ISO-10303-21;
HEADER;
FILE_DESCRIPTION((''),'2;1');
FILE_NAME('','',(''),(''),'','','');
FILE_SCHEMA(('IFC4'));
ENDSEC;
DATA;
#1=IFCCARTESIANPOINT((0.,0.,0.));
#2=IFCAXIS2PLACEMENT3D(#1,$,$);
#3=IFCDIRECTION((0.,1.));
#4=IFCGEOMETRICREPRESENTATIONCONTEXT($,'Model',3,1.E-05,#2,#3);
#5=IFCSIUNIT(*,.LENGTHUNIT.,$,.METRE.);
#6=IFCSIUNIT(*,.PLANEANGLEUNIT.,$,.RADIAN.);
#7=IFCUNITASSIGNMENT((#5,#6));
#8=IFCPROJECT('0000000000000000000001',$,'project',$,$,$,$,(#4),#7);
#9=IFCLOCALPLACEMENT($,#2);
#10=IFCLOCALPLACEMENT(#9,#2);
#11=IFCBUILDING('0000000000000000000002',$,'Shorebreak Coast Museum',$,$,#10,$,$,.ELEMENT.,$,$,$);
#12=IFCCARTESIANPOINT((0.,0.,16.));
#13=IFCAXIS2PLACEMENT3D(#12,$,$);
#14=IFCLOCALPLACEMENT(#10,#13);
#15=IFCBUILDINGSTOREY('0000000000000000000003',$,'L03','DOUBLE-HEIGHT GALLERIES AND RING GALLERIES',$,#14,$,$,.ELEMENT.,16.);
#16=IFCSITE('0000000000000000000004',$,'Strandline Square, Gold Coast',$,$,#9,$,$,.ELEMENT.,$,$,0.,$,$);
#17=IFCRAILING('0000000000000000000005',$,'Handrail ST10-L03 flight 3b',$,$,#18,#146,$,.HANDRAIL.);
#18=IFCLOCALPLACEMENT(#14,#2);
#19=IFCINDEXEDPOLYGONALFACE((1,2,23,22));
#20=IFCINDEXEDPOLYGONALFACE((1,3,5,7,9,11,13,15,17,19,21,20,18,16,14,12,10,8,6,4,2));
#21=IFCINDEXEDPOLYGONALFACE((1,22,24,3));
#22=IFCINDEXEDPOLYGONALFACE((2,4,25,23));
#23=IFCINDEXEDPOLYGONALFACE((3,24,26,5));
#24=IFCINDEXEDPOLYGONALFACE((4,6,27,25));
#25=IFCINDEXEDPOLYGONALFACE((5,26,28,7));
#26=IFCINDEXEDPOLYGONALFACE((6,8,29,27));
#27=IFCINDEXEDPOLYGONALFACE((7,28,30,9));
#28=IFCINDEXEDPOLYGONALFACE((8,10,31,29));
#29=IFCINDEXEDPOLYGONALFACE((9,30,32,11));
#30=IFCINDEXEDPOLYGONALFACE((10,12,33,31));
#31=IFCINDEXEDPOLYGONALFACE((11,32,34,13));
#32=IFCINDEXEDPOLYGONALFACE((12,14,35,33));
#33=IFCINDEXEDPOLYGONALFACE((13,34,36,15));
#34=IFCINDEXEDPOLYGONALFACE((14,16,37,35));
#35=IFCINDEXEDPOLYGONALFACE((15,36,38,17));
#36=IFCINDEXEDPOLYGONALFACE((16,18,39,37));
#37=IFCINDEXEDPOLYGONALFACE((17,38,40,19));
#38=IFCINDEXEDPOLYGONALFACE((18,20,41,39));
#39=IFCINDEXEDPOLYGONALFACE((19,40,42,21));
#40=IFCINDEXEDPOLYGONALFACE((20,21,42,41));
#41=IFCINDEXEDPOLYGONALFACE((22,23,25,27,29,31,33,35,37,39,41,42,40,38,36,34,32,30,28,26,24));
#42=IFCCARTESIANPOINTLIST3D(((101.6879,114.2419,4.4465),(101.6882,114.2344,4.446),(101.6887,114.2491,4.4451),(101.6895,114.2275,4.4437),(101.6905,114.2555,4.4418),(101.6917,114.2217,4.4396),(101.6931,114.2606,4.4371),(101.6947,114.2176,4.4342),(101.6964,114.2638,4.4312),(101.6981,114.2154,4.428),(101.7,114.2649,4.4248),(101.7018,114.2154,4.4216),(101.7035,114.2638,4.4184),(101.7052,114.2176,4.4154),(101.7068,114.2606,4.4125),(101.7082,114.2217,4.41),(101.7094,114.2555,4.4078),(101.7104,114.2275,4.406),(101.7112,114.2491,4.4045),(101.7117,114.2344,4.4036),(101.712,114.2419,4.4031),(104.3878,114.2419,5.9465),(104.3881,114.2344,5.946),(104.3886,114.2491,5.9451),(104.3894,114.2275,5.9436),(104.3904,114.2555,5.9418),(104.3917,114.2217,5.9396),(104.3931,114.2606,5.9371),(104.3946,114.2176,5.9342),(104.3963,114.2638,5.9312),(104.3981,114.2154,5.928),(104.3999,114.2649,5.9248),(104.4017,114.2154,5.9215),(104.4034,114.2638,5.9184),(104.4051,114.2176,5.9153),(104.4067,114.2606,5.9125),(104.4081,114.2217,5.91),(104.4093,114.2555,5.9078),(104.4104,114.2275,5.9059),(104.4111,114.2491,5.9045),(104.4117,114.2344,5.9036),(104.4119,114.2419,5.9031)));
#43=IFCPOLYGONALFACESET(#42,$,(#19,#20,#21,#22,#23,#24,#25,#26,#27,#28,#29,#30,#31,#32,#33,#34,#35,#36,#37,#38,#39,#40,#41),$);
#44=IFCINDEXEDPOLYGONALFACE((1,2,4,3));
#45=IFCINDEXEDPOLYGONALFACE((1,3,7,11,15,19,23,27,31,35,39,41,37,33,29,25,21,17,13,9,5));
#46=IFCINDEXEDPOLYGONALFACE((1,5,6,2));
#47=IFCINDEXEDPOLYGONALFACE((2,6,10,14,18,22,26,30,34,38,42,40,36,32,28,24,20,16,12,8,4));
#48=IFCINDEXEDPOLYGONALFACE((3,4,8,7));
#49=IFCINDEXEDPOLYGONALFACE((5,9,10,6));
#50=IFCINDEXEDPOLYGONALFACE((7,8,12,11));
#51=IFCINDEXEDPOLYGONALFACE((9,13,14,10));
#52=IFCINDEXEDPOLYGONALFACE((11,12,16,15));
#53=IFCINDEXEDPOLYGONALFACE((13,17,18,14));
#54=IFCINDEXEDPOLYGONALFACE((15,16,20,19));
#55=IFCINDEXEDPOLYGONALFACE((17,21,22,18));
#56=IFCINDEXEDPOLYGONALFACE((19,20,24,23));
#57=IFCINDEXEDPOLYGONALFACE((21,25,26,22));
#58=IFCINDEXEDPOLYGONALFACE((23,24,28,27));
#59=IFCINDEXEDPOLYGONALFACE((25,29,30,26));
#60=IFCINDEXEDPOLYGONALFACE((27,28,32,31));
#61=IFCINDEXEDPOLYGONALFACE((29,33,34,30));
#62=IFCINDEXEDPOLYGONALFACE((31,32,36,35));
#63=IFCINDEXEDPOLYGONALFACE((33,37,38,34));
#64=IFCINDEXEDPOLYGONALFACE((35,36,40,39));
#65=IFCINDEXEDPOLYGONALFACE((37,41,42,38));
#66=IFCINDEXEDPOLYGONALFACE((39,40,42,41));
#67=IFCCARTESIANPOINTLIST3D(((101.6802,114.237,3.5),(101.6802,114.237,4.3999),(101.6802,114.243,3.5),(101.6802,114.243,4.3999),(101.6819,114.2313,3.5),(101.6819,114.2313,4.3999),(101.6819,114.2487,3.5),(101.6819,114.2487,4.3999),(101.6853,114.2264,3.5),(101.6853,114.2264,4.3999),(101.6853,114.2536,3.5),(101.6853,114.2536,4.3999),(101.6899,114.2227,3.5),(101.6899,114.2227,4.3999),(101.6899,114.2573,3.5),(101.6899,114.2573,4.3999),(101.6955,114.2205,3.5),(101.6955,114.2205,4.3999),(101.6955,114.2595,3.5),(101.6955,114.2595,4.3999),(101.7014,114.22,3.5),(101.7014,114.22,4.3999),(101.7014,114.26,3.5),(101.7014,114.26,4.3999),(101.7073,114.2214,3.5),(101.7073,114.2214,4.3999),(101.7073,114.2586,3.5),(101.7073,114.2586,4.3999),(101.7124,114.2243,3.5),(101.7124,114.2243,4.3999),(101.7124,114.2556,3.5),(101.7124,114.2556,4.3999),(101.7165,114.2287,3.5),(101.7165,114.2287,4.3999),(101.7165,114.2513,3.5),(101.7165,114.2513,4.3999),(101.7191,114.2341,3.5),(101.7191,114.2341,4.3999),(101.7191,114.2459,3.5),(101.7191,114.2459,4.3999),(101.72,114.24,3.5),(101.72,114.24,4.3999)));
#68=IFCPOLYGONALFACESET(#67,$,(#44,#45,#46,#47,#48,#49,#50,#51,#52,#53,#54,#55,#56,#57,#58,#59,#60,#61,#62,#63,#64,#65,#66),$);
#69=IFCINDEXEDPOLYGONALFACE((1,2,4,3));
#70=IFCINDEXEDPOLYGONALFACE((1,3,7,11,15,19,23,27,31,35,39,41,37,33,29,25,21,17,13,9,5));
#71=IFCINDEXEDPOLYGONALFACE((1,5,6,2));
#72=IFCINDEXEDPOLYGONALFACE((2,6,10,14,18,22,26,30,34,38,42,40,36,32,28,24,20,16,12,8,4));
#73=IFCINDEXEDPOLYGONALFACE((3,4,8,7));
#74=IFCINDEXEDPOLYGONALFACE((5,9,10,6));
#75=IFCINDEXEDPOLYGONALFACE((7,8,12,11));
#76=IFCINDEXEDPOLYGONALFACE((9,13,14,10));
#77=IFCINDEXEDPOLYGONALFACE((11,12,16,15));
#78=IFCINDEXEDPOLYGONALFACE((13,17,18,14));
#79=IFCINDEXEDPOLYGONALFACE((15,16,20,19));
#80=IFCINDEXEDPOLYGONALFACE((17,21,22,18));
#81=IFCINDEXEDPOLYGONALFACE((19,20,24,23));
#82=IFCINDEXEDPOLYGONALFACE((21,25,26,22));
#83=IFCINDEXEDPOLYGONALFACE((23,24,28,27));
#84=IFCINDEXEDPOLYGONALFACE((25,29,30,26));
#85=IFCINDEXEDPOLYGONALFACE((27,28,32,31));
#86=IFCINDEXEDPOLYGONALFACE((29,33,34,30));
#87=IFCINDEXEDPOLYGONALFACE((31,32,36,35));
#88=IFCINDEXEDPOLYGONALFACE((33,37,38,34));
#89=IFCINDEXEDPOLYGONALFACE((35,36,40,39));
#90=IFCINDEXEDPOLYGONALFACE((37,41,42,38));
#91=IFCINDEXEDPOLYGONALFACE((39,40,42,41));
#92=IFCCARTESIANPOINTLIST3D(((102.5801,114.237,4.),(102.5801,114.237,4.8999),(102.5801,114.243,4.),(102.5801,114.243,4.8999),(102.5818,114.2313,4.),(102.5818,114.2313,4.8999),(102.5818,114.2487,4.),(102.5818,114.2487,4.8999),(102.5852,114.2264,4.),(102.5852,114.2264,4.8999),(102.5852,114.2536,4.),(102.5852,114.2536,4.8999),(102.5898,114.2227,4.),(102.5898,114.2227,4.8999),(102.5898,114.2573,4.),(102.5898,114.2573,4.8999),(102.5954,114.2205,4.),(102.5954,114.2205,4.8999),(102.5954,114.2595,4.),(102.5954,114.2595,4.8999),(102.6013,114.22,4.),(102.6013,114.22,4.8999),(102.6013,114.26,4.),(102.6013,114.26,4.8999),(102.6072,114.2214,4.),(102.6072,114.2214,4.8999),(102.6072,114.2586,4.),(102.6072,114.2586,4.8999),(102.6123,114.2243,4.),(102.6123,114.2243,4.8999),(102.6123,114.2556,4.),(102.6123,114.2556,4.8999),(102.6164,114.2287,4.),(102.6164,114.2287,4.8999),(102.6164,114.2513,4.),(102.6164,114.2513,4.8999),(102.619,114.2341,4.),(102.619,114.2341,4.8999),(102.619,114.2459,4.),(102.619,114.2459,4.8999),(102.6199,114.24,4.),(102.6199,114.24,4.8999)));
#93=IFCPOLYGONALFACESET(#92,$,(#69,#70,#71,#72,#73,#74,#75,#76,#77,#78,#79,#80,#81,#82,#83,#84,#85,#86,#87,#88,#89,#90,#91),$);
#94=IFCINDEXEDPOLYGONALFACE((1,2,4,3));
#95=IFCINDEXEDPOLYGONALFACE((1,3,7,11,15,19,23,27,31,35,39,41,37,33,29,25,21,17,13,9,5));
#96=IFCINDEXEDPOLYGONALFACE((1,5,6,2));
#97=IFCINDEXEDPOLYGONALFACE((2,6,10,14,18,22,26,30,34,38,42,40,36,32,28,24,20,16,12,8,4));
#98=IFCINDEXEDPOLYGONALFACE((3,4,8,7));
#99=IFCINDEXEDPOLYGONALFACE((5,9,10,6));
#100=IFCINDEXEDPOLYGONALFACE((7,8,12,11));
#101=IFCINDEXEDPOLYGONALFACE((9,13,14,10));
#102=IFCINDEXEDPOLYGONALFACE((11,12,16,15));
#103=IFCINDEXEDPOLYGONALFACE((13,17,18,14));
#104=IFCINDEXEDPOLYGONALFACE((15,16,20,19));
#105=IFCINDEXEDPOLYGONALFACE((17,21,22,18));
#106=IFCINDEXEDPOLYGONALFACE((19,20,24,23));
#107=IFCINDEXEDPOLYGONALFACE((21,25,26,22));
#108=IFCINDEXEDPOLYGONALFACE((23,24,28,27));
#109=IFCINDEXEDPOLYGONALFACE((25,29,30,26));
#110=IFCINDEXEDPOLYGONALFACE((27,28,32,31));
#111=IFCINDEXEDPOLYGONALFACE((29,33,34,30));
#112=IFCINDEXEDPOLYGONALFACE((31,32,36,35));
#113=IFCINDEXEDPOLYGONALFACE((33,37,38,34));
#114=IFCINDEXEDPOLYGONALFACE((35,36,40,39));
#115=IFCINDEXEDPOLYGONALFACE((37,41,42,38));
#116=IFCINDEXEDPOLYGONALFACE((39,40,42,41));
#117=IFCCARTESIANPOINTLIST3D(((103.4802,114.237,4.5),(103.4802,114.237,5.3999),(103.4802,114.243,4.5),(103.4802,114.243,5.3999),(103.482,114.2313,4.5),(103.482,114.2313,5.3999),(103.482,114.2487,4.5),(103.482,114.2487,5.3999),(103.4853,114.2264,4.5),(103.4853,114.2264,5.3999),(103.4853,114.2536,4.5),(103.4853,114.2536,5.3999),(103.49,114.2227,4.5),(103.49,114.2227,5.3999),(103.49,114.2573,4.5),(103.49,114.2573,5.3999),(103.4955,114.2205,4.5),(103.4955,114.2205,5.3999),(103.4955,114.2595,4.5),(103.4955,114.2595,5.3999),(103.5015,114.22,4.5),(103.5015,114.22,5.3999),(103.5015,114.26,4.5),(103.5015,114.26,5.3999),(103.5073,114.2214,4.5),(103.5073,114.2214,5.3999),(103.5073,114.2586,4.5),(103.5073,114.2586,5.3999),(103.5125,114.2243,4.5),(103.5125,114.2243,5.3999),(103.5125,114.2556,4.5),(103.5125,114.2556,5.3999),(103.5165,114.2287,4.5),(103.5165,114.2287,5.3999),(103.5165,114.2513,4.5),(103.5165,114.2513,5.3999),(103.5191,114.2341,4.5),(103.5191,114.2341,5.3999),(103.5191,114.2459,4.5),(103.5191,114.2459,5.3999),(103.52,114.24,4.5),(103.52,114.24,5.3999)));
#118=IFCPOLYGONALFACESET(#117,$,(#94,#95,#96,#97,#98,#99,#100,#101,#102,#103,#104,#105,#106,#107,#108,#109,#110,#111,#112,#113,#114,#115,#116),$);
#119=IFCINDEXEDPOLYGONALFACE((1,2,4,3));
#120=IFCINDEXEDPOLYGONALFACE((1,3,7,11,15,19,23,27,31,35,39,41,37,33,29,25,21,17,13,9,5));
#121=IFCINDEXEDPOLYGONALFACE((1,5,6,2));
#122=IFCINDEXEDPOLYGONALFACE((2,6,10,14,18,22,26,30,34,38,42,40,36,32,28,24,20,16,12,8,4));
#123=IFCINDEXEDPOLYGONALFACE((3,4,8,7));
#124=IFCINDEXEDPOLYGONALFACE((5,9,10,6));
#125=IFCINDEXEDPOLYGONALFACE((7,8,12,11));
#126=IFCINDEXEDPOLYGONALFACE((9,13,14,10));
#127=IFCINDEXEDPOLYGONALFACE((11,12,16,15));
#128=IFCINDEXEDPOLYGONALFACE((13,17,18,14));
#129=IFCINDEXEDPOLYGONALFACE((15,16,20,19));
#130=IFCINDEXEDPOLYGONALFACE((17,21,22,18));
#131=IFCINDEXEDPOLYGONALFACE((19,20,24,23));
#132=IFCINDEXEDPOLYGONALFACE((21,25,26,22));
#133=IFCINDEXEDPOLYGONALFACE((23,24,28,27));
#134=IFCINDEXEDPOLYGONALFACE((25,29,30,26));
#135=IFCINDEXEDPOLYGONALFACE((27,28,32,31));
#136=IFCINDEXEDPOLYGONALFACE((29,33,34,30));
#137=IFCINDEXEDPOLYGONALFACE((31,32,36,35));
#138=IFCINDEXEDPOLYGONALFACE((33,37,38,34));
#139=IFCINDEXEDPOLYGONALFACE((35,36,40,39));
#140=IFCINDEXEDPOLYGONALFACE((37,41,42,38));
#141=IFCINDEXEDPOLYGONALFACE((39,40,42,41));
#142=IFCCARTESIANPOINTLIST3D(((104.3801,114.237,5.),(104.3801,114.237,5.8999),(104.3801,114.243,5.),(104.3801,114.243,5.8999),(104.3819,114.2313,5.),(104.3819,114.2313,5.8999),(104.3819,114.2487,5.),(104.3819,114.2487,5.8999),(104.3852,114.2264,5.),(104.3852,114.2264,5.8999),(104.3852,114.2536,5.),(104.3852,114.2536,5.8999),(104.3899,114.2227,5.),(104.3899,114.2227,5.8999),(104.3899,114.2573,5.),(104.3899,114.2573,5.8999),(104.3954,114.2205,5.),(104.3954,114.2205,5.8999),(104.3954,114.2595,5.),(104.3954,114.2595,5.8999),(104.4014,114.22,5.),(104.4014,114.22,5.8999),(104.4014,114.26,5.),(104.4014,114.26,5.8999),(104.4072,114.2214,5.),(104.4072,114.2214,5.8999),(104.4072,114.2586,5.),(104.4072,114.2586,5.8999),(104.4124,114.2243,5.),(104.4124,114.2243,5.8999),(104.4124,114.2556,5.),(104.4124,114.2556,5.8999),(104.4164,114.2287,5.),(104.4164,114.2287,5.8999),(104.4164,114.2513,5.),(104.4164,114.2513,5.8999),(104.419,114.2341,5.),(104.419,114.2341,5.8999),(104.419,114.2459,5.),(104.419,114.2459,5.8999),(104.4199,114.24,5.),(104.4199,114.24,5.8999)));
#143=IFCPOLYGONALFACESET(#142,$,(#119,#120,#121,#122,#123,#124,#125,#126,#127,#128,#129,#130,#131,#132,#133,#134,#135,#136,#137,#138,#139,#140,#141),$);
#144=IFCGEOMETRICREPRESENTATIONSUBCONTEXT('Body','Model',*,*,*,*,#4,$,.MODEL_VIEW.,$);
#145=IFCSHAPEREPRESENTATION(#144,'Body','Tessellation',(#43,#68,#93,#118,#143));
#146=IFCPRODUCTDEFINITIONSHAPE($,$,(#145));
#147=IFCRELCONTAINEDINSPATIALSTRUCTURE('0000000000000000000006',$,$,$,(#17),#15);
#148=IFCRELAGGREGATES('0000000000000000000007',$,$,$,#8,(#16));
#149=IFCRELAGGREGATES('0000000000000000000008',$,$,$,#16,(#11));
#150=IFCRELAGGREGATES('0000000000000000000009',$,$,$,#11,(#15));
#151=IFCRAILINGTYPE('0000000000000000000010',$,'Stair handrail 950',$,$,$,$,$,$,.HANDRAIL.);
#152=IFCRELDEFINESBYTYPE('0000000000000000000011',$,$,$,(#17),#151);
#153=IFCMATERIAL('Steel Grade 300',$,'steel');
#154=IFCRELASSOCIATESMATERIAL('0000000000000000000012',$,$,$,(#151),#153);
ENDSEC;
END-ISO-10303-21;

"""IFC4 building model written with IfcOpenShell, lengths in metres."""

from ifc_helpers import new_model, si_unit, direction, frame, origin, origin_2d, place, context, subcontext, project, spatial, circle, extrude, material, type_object, element, save


model = new_model("IFC4")

# Units and contexts
model_context = context("Model", 3, precision=1e-05, world=origin(), true_north=direction((0.0, 1.0)))
body_context = subcontext(model_context, "Body", "Model", "MODEL_VIEW")
ifc_project = project(units=[si_unit("LENGTHUNIT", "METRE"), si_unit("PLANEANGLEUNIT", "RADIAN")], contexts=[model_context])

# Site, building, storey
site_placement = place(None, origin())
site = spatial("IfcSite", under=ifc_project, at=site_placement, Name="Strandline Square, Gold Coast", CompositionType="ELEMENT", RefElevation=0.0)
building_placement = place(site_placement, origin())
building = spatial("IfcBuilding", under=site, at=building_placement, Name="Shorebreak Coast Museum", CompositionType="ELEMENT")
storey_placement = place(building_placement, frame((0.0, 0.0, 16.0)))
storey = spatial("IfcBuildingStorey", under=building, at=storey_placement, Name="L03", Description="DOUBLE-HEIGHT GALLERIES AND RING GALLERIES", CompositionType="ELEMENT", Elevation=16.0)

# Railing
ifc_material_1 = material(Name="Steel Grade 300", Category="steel")
railing_type_1 = type_object("IfcRailingType", Name="Stair handrail 950", PredefinedType="HANDRAIL", material=ifc_material_1)
for number, where, name in (
    (1, (101.7, 114.24, 3.5), "Handrail ST10-L03 flight 3b"),
):
    element("IfcRailing", number, at=place(storey_placement, frame(where)), inside=storey, type_object=railing_type_1, Name=name, PredefinedType="HANDRAIL", context=body_context, shape_type="SweptSolid", body=[
        extrude(circle(Radius=0.0249, at=origin_2d()), frame((0.0, 0.0, 0.9248), z_axis=(0.874154, 0.0, 0.48565), x_axis=(0.0, 1.0, 0.0)), (0.0, 0.0, 1.0), 3.0886),
        extrude(circle(Radius=0.02, at=origin_2d()), origin(), (0.0, 0.0, 1.0), 0.8999),
        extrude(circle(Radius=0.02, at=origin_2d()), frame((0.8999, 0.0, 0.5)), (0.0, 0.0, 1.0), 0.8999),
        extrude(circle(Radius=0.02, at=origin_2d()), frame((1.8, 0.0, 1.0)), (0.0, 0.0, 1.0), 0.8999),
        extrude(circle(Radius=0.02, at=origin_2d()), frame((2.7, 0.0, 1.5)), (0.0, 0.0, 1.0), 0.8999),
    ])

save(model, "model.ifc")
